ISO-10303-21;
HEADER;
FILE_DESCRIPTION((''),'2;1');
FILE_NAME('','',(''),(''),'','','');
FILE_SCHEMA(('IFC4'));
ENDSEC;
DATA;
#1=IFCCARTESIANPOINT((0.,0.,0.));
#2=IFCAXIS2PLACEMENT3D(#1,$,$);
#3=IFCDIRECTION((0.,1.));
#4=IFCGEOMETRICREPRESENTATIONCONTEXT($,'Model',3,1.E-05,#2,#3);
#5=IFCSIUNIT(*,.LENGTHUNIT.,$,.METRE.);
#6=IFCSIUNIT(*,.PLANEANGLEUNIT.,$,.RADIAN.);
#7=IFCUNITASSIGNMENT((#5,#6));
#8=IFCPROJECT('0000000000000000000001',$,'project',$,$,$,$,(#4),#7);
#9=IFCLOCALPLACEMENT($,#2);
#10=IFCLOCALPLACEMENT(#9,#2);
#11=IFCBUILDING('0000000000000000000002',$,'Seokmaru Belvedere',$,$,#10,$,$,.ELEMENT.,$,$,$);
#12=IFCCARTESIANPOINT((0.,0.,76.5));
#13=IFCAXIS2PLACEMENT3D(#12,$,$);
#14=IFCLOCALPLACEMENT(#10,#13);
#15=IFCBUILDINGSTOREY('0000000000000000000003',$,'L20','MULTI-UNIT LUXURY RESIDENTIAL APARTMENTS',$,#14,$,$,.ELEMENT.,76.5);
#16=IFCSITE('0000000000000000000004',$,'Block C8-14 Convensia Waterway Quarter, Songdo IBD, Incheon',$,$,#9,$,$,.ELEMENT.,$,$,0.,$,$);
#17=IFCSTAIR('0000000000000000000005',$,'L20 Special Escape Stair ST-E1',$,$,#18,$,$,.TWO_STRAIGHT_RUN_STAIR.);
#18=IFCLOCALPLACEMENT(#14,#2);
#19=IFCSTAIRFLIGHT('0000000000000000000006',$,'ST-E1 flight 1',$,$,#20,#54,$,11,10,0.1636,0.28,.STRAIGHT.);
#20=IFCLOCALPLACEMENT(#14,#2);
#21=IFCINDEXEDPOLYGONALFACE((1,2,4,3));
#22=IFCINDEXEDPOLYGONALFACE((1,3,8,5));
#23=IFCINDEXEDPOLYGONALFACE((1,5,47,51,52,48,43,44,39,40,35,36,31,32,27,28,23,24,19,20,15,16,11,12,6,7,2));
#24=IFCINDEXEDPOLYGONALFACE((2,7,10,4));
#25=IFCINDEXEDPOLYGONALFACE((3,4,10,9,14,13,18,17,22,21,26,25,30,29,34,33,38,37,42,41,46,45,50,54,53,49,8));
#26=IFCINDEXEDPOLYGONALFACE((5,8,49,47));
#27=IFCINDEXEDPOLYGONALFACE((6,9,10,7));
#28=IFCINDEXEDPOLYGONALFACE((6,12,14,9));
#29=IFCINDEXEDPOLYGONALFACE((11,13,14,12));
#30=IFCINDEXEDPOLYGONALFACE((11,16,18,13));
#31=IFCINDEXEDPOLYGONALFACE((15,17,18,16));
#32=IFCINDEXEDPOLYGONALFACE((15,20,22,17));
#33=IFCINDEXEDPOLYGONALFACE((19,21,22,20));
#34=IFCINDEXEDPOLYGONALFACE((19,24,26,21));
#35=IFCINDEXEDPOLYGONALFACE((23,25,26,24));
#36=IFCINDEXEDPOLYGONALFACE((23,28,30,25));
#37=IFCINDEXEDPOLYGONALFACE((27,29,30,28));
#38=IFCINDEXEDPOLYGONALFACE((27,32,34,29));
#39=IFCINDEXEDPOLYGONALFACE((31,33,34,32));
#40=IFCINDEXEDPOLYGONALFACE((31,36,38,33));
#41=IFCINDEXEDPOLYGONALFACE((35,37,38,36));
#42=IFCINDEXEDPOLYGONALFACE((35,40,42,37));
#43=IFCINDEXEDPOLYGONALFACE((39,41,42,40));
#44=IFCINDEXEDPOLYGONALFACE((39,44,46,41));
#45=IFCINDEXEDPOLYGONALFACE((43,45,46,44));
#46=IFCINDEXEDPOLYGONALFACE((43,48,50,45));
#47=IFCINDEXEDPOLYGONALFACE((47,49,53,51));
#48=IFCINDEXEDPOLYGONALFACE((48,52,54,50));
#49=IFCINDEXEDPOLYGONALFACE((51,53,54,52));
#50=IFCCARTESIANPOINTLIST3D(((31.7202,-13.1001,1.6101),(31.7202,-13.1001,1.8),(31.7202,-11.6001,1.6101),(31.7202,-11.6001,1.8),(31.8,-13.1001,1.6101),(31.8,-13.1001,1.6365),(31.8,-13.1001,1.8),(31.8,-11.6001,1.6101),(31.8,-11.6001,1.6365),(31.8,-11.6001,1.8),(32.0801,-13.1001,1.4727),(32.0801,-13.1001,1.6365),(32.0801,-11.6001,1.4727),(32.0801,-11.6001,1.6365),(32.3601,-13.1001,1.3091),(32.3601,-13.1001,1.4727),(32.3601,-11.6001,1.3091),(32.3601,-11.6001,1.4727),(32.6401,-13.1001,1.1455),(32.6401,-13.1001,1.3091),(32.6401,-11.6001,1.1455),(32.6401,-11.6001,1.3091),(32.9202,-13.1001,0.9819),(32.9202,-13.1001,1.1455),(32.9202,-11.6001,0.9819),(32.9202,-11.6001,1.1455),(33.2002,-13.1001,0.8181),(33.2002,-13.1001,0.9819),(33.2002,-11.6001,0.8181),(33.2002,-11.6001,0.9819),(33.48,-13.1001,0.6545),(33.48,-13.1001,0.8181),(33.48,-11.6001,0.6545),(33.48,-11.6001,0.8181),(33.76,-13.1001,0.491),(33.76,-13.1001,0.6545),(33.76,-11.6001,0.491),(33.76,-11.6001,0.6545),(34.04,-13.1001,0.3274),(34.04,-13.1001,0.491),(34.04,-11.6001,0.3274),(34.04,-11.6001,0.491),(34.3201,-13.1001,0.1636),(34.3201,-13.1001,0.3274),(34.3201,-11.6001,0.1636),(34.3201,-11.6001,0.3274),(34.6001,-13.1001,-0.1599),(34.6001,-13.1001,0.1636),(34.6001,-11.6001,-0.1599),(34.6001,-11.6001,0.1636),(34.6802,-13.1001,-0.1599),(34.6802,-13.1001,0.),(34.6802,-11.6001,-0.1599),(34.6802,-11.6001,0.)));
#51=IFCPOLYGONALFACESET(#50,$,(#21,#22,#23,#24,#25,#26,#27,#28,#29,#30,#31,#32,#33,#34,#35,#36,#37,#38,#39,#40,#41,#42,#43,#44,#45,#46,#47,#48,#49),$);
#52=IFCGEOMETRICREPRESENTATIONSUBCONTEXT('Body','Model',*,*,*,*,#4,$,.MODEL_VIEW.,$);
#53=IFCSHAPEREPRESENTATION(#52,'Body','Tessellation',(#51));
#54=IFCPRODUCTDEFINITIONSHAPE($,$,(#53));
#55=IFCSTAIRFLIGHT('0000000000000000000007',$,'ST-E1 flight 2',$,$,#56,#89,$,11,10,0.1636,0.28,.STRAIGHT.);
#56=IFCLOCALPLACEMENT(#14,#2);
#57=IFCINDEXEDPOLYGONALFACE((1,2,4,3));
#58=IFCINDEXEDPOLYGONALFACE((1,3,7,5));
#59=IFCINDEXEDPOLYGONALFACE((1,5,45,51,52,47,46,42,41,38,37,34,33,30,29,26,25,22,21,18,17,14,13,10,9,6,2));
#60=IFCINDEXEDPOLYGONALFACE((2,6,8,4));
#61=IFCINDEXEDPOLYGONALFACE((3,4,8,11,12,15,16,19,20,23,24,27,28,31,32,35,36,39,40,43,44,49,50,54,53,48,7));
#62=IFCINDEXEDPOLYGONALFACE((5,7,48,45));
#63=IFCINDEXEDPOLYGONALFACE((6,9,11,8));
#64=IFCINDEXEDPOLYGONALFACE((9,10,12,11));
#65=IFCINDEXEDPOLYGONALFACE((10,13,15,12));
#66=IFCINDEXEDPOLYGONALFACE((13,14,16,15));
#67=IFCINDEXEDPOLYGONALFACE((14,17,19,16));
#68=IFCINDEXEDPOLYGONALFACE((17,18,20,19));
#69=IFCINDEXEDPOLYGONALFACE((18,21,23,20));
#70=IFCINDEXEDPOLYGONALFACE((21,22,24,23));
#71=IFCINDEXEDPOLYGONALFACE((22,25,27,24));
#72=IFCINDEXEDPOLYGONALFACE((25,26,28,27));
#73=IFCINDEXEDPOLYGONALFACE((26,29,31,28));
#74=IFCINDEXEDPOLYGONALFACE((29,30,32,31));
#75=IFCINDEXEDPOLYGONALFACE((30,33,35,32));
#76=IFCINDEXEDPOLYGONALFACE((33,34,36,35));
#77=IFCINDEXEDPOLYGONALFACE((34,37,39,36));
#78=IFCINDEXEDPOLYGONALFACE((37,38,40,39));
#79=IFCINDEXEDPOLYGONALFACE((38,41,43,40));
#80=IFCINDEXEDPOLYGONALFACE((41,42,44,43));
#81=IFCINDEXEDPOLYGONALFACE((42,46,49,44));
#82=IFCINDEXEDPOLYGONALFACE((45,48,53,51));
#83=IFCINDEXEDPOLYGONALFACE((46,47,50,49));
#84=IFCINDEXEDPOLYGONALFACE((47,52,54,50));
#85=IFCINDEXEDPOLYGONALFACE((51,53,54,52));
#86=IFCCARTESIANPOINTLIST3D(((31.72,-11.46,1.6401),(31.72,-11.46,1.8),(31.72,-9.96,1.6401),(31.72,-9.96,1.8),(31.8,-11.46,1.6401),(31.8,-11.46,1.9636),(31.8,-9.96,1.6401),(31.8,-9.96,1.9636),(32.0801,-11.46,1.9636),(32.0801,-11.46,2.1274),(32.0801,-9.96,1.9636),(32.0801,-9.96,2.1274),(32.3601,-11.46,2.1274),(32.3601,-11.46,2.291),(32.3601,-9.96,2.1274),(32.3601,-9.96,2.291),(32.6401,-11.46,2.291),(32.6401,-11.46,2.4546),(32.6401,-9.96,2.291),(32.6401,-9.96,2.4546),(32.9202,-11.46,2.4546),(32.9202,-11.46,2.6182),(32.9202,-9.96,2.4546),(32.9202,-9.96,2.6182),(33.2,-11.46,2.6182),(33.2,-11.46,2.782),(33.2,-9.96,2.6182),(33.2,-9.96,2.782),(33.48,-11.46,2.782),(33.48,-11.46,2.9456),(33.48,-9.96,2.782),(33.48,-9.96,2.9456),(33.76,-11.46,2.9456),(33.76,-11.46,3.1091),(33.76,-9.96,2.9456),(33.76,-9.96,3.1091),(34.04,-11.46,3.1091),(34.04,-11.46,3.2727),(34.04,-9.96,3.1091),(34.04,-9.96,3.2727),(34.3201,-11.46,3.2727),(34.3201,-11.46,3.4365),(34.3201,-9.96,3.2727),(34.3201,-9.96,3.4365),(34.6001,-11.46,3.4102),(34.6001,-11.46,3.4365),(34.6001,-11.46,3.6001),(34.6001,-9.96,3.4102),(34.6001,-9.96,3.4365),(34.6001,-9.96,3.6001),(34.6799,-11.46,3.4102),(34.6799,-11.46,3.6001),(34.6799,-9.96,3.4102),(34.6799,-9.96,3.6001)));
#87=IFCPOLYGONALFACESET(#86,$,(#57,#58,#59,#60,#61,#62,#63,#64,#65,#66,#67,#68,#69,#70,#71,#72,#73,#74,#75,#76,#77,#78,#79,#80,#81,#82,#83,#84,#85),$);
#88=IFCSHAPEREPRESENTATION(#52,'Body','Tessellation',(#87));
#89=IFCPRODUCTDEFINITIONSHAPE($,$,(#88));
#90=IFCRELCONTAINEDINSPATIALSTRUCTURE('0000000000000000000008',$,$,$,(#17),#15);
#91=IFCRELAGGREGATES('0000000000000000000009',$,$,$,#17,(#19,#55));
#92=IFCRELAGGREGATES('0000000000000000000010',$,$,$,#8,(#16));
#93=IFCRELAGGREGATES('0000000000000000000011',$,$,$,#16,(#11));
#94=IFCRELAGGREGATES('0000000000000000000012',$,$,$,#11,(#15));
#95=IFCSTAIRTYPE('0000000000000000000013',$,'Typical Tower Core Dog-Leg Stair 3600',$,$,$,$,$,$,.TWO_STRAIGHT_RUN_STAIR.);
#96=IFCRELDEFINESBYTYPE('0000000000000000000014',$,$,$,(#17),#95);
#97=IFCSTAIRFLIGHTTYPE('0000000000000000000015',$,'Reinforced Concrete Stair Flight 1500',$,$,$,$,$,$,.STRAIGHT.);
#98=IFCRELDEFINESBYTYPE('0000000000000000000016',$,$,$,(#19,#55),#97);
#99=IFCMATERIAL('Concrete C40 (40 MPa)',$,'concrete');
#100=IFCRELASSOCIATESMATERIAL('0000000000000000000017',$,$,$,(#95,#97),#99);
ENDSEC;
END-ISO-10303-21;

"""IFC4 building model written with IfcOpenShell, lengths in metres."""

from ifc_helpers import new_model, si_unit, direction, frame, origin, place, context, subcontext, project, spatial, polyline, outline, extrude, material, type_object, element, aggregate, save


model = new_model("IFC4")

# Units and contexts
model_context = context("Model", 3, precision=1e-05, world=origin(), true_north=direction((0.0, 1.0)))
body_context = subcontext(model_context, "Body", "Model", "MODEL_VIEW")
ifc_project = project(units=[si_unit("LENGTHUNIT", "METRE"), si_unit("PLANEANGLEUNIT", "RADIAN")], contexts=[model_context])

# Site, building, storey
site_placement = place(None, origin())
site = spatial("IfcSite", under=ifc_project, at=site_placement, Name="Block C8-14 Convensia Waterway Quarter, Songdo IBD, Incheon", CompositionType="ELEMENT", RefElevation=0.0)
building_placement = place(site_placement, origin())
building = spatial("IfcBuilding", under=site, at=building_placement, Name="Seokmaru Belvedere", CompositionType="ELEMENT")
storey_placement = place(building_placement, frame((0.0, 0.0, 76.5)))
storey = spatial("IfcBuildingStorey", under=building, at=storey_placement, Name="L20", Description="MULTI-UNIT LUXURY RESIDENTIAL APARTMENTS", CompositionType="ELEMENT", Elevation=76.5)

# Stair, stair flights
ifc_material_1 = material(Name="Concrete C40 (40 MPa)", Category="concrete")
stair_type = type_object("IfcStairType", Name="Typical Tower Core Dog-Leg Stair 3600", PredefinedType="TWO_STRAIGHT_RUN_STAIR", material=ifc_material_1)
stair_placement = place(storey_placement, origin())
stair = element("IfcStair", 1, at=stair_placement, inside=storey, type_object=stair_type, Name="L20 Special Escape Stair ST-E1", PredefinedType="TWO_STRAIGHT_RUN_STAIR")
stair_flight_type = type_object("IfcStairFlightType", Name="Reinforced Concrete Stair Flight 1500", PredefinedType="STRAIGHT", material=ifc_material_1)
stair_flight_1_placement = place(storey_placement, frame((34.6001, -12.3501, 0.0), z_axis=(0.0, 0.0, 1.0), x_axis=(-1.0, 0.0, 0.0)))
stair_flight_1 = element("IfcStairFlight", 2, at=stair_flight_1_placement, type_object=stair_flight_type, Name="ST-E1 flight 1", NumberOfRisers=11, NumberOfTreads=10, PredefinedType="STRAIGHT", RiserHeight=0.1636, TreadLength=0.28, context=body_context, shape_type="SweptSolid", body=[
    extrude(outline(polyline([(-0.0801, 0.0), (0.0, 0.1636), (0.28, 0.1636), (0.28, 0.3274), (0.5601, 0.3274), (0.5601, 0.491), (0.8401, 0.491), (0.8401, 0.6545), (1.1201, 0.6545), (1.1201, 0.8181), (1.3999, 0.8181), (1.3999, 0.9819), (1.6799, 0.9819), (1.6799, 1.1455), (1.96, 1.1455), (1.96, 1.3091), (2.24, 1.3091), (2.24, 1.4727), (2.52, 1.4727), (2.52, 1.6365), (2.8, 1.6365), (2.8, 1.8), (2.8799, 1.8), (2.8799, 1.6101), (2.8, 1.6101), (0.0, -0.1599), (-0.0801, -0.1599), (-0.0801, 0.0)])), frame((0.0, 0.75, 0.0), z_axis=(0.0, -1.0, 0.0), x_axis=(1.0, 0.0, 0.0)), (0.0, 0.0, 1.0), 1.5),
])
stair_flight_2_placement = place(storey_placement, frame((31.8, -10.71, 1.8), z_axis=(0.0, 0.0, 1.0), x_axis=(1.0, 0.0, 0.0)))
stair_flight_2 = element("IfcStairFlight", 3, at=stair_flight_2_placement, type_object=stair_flight_type, Name="ST-E1 flight 2", NumberOfRisers=11, NumberOfTreads=10, PredefinedType="STRAIGHT", RiserHeight=0.1636, TreadLength=0.28, context=body_context, shape_type="SweptSolid", body=[
    extrude(outline(polyline([(-0.0801, 0.0), (0.0, 0.1636), (0.28, 0.1636), (0.28, 0.3274), (0.5601, 0.3274), (0.5601, 0.491), (0.8401, 0.491), (0.8401, 0.6545), (1.1201, 0.6545), (1.1201, 0.8181), (1.3999, 0.8181), (1.3999, 0.9819), (1.6799, 0.9819), (1.6799, 1.1455), (1.96, 1.1455), (1.96, 1.3091), (2.24, 1.3091), (2.24, 1.4727), (2.52, 1.4727), (2.52, 1.6365), (2.8, 1.6365), (2.8, 1.8), (2.8799, 1.8), (2.8799, 1.6101), (2.8, 1.6101), (0.0, -0.1599), (-0.0801, -0.1599), (-0.0801, 0.0)])), frame((0.0, 0.75, 0.0), z_axis=(0.0, -1.0, 0.0), x_axis=(1.0, 0.0, 0.0)), (0.0, 0.0, 1.0), 1.5),
])
aggregate(stair, [stair_flight_1, stair_flight_2])

save(model, "model.ifc")
